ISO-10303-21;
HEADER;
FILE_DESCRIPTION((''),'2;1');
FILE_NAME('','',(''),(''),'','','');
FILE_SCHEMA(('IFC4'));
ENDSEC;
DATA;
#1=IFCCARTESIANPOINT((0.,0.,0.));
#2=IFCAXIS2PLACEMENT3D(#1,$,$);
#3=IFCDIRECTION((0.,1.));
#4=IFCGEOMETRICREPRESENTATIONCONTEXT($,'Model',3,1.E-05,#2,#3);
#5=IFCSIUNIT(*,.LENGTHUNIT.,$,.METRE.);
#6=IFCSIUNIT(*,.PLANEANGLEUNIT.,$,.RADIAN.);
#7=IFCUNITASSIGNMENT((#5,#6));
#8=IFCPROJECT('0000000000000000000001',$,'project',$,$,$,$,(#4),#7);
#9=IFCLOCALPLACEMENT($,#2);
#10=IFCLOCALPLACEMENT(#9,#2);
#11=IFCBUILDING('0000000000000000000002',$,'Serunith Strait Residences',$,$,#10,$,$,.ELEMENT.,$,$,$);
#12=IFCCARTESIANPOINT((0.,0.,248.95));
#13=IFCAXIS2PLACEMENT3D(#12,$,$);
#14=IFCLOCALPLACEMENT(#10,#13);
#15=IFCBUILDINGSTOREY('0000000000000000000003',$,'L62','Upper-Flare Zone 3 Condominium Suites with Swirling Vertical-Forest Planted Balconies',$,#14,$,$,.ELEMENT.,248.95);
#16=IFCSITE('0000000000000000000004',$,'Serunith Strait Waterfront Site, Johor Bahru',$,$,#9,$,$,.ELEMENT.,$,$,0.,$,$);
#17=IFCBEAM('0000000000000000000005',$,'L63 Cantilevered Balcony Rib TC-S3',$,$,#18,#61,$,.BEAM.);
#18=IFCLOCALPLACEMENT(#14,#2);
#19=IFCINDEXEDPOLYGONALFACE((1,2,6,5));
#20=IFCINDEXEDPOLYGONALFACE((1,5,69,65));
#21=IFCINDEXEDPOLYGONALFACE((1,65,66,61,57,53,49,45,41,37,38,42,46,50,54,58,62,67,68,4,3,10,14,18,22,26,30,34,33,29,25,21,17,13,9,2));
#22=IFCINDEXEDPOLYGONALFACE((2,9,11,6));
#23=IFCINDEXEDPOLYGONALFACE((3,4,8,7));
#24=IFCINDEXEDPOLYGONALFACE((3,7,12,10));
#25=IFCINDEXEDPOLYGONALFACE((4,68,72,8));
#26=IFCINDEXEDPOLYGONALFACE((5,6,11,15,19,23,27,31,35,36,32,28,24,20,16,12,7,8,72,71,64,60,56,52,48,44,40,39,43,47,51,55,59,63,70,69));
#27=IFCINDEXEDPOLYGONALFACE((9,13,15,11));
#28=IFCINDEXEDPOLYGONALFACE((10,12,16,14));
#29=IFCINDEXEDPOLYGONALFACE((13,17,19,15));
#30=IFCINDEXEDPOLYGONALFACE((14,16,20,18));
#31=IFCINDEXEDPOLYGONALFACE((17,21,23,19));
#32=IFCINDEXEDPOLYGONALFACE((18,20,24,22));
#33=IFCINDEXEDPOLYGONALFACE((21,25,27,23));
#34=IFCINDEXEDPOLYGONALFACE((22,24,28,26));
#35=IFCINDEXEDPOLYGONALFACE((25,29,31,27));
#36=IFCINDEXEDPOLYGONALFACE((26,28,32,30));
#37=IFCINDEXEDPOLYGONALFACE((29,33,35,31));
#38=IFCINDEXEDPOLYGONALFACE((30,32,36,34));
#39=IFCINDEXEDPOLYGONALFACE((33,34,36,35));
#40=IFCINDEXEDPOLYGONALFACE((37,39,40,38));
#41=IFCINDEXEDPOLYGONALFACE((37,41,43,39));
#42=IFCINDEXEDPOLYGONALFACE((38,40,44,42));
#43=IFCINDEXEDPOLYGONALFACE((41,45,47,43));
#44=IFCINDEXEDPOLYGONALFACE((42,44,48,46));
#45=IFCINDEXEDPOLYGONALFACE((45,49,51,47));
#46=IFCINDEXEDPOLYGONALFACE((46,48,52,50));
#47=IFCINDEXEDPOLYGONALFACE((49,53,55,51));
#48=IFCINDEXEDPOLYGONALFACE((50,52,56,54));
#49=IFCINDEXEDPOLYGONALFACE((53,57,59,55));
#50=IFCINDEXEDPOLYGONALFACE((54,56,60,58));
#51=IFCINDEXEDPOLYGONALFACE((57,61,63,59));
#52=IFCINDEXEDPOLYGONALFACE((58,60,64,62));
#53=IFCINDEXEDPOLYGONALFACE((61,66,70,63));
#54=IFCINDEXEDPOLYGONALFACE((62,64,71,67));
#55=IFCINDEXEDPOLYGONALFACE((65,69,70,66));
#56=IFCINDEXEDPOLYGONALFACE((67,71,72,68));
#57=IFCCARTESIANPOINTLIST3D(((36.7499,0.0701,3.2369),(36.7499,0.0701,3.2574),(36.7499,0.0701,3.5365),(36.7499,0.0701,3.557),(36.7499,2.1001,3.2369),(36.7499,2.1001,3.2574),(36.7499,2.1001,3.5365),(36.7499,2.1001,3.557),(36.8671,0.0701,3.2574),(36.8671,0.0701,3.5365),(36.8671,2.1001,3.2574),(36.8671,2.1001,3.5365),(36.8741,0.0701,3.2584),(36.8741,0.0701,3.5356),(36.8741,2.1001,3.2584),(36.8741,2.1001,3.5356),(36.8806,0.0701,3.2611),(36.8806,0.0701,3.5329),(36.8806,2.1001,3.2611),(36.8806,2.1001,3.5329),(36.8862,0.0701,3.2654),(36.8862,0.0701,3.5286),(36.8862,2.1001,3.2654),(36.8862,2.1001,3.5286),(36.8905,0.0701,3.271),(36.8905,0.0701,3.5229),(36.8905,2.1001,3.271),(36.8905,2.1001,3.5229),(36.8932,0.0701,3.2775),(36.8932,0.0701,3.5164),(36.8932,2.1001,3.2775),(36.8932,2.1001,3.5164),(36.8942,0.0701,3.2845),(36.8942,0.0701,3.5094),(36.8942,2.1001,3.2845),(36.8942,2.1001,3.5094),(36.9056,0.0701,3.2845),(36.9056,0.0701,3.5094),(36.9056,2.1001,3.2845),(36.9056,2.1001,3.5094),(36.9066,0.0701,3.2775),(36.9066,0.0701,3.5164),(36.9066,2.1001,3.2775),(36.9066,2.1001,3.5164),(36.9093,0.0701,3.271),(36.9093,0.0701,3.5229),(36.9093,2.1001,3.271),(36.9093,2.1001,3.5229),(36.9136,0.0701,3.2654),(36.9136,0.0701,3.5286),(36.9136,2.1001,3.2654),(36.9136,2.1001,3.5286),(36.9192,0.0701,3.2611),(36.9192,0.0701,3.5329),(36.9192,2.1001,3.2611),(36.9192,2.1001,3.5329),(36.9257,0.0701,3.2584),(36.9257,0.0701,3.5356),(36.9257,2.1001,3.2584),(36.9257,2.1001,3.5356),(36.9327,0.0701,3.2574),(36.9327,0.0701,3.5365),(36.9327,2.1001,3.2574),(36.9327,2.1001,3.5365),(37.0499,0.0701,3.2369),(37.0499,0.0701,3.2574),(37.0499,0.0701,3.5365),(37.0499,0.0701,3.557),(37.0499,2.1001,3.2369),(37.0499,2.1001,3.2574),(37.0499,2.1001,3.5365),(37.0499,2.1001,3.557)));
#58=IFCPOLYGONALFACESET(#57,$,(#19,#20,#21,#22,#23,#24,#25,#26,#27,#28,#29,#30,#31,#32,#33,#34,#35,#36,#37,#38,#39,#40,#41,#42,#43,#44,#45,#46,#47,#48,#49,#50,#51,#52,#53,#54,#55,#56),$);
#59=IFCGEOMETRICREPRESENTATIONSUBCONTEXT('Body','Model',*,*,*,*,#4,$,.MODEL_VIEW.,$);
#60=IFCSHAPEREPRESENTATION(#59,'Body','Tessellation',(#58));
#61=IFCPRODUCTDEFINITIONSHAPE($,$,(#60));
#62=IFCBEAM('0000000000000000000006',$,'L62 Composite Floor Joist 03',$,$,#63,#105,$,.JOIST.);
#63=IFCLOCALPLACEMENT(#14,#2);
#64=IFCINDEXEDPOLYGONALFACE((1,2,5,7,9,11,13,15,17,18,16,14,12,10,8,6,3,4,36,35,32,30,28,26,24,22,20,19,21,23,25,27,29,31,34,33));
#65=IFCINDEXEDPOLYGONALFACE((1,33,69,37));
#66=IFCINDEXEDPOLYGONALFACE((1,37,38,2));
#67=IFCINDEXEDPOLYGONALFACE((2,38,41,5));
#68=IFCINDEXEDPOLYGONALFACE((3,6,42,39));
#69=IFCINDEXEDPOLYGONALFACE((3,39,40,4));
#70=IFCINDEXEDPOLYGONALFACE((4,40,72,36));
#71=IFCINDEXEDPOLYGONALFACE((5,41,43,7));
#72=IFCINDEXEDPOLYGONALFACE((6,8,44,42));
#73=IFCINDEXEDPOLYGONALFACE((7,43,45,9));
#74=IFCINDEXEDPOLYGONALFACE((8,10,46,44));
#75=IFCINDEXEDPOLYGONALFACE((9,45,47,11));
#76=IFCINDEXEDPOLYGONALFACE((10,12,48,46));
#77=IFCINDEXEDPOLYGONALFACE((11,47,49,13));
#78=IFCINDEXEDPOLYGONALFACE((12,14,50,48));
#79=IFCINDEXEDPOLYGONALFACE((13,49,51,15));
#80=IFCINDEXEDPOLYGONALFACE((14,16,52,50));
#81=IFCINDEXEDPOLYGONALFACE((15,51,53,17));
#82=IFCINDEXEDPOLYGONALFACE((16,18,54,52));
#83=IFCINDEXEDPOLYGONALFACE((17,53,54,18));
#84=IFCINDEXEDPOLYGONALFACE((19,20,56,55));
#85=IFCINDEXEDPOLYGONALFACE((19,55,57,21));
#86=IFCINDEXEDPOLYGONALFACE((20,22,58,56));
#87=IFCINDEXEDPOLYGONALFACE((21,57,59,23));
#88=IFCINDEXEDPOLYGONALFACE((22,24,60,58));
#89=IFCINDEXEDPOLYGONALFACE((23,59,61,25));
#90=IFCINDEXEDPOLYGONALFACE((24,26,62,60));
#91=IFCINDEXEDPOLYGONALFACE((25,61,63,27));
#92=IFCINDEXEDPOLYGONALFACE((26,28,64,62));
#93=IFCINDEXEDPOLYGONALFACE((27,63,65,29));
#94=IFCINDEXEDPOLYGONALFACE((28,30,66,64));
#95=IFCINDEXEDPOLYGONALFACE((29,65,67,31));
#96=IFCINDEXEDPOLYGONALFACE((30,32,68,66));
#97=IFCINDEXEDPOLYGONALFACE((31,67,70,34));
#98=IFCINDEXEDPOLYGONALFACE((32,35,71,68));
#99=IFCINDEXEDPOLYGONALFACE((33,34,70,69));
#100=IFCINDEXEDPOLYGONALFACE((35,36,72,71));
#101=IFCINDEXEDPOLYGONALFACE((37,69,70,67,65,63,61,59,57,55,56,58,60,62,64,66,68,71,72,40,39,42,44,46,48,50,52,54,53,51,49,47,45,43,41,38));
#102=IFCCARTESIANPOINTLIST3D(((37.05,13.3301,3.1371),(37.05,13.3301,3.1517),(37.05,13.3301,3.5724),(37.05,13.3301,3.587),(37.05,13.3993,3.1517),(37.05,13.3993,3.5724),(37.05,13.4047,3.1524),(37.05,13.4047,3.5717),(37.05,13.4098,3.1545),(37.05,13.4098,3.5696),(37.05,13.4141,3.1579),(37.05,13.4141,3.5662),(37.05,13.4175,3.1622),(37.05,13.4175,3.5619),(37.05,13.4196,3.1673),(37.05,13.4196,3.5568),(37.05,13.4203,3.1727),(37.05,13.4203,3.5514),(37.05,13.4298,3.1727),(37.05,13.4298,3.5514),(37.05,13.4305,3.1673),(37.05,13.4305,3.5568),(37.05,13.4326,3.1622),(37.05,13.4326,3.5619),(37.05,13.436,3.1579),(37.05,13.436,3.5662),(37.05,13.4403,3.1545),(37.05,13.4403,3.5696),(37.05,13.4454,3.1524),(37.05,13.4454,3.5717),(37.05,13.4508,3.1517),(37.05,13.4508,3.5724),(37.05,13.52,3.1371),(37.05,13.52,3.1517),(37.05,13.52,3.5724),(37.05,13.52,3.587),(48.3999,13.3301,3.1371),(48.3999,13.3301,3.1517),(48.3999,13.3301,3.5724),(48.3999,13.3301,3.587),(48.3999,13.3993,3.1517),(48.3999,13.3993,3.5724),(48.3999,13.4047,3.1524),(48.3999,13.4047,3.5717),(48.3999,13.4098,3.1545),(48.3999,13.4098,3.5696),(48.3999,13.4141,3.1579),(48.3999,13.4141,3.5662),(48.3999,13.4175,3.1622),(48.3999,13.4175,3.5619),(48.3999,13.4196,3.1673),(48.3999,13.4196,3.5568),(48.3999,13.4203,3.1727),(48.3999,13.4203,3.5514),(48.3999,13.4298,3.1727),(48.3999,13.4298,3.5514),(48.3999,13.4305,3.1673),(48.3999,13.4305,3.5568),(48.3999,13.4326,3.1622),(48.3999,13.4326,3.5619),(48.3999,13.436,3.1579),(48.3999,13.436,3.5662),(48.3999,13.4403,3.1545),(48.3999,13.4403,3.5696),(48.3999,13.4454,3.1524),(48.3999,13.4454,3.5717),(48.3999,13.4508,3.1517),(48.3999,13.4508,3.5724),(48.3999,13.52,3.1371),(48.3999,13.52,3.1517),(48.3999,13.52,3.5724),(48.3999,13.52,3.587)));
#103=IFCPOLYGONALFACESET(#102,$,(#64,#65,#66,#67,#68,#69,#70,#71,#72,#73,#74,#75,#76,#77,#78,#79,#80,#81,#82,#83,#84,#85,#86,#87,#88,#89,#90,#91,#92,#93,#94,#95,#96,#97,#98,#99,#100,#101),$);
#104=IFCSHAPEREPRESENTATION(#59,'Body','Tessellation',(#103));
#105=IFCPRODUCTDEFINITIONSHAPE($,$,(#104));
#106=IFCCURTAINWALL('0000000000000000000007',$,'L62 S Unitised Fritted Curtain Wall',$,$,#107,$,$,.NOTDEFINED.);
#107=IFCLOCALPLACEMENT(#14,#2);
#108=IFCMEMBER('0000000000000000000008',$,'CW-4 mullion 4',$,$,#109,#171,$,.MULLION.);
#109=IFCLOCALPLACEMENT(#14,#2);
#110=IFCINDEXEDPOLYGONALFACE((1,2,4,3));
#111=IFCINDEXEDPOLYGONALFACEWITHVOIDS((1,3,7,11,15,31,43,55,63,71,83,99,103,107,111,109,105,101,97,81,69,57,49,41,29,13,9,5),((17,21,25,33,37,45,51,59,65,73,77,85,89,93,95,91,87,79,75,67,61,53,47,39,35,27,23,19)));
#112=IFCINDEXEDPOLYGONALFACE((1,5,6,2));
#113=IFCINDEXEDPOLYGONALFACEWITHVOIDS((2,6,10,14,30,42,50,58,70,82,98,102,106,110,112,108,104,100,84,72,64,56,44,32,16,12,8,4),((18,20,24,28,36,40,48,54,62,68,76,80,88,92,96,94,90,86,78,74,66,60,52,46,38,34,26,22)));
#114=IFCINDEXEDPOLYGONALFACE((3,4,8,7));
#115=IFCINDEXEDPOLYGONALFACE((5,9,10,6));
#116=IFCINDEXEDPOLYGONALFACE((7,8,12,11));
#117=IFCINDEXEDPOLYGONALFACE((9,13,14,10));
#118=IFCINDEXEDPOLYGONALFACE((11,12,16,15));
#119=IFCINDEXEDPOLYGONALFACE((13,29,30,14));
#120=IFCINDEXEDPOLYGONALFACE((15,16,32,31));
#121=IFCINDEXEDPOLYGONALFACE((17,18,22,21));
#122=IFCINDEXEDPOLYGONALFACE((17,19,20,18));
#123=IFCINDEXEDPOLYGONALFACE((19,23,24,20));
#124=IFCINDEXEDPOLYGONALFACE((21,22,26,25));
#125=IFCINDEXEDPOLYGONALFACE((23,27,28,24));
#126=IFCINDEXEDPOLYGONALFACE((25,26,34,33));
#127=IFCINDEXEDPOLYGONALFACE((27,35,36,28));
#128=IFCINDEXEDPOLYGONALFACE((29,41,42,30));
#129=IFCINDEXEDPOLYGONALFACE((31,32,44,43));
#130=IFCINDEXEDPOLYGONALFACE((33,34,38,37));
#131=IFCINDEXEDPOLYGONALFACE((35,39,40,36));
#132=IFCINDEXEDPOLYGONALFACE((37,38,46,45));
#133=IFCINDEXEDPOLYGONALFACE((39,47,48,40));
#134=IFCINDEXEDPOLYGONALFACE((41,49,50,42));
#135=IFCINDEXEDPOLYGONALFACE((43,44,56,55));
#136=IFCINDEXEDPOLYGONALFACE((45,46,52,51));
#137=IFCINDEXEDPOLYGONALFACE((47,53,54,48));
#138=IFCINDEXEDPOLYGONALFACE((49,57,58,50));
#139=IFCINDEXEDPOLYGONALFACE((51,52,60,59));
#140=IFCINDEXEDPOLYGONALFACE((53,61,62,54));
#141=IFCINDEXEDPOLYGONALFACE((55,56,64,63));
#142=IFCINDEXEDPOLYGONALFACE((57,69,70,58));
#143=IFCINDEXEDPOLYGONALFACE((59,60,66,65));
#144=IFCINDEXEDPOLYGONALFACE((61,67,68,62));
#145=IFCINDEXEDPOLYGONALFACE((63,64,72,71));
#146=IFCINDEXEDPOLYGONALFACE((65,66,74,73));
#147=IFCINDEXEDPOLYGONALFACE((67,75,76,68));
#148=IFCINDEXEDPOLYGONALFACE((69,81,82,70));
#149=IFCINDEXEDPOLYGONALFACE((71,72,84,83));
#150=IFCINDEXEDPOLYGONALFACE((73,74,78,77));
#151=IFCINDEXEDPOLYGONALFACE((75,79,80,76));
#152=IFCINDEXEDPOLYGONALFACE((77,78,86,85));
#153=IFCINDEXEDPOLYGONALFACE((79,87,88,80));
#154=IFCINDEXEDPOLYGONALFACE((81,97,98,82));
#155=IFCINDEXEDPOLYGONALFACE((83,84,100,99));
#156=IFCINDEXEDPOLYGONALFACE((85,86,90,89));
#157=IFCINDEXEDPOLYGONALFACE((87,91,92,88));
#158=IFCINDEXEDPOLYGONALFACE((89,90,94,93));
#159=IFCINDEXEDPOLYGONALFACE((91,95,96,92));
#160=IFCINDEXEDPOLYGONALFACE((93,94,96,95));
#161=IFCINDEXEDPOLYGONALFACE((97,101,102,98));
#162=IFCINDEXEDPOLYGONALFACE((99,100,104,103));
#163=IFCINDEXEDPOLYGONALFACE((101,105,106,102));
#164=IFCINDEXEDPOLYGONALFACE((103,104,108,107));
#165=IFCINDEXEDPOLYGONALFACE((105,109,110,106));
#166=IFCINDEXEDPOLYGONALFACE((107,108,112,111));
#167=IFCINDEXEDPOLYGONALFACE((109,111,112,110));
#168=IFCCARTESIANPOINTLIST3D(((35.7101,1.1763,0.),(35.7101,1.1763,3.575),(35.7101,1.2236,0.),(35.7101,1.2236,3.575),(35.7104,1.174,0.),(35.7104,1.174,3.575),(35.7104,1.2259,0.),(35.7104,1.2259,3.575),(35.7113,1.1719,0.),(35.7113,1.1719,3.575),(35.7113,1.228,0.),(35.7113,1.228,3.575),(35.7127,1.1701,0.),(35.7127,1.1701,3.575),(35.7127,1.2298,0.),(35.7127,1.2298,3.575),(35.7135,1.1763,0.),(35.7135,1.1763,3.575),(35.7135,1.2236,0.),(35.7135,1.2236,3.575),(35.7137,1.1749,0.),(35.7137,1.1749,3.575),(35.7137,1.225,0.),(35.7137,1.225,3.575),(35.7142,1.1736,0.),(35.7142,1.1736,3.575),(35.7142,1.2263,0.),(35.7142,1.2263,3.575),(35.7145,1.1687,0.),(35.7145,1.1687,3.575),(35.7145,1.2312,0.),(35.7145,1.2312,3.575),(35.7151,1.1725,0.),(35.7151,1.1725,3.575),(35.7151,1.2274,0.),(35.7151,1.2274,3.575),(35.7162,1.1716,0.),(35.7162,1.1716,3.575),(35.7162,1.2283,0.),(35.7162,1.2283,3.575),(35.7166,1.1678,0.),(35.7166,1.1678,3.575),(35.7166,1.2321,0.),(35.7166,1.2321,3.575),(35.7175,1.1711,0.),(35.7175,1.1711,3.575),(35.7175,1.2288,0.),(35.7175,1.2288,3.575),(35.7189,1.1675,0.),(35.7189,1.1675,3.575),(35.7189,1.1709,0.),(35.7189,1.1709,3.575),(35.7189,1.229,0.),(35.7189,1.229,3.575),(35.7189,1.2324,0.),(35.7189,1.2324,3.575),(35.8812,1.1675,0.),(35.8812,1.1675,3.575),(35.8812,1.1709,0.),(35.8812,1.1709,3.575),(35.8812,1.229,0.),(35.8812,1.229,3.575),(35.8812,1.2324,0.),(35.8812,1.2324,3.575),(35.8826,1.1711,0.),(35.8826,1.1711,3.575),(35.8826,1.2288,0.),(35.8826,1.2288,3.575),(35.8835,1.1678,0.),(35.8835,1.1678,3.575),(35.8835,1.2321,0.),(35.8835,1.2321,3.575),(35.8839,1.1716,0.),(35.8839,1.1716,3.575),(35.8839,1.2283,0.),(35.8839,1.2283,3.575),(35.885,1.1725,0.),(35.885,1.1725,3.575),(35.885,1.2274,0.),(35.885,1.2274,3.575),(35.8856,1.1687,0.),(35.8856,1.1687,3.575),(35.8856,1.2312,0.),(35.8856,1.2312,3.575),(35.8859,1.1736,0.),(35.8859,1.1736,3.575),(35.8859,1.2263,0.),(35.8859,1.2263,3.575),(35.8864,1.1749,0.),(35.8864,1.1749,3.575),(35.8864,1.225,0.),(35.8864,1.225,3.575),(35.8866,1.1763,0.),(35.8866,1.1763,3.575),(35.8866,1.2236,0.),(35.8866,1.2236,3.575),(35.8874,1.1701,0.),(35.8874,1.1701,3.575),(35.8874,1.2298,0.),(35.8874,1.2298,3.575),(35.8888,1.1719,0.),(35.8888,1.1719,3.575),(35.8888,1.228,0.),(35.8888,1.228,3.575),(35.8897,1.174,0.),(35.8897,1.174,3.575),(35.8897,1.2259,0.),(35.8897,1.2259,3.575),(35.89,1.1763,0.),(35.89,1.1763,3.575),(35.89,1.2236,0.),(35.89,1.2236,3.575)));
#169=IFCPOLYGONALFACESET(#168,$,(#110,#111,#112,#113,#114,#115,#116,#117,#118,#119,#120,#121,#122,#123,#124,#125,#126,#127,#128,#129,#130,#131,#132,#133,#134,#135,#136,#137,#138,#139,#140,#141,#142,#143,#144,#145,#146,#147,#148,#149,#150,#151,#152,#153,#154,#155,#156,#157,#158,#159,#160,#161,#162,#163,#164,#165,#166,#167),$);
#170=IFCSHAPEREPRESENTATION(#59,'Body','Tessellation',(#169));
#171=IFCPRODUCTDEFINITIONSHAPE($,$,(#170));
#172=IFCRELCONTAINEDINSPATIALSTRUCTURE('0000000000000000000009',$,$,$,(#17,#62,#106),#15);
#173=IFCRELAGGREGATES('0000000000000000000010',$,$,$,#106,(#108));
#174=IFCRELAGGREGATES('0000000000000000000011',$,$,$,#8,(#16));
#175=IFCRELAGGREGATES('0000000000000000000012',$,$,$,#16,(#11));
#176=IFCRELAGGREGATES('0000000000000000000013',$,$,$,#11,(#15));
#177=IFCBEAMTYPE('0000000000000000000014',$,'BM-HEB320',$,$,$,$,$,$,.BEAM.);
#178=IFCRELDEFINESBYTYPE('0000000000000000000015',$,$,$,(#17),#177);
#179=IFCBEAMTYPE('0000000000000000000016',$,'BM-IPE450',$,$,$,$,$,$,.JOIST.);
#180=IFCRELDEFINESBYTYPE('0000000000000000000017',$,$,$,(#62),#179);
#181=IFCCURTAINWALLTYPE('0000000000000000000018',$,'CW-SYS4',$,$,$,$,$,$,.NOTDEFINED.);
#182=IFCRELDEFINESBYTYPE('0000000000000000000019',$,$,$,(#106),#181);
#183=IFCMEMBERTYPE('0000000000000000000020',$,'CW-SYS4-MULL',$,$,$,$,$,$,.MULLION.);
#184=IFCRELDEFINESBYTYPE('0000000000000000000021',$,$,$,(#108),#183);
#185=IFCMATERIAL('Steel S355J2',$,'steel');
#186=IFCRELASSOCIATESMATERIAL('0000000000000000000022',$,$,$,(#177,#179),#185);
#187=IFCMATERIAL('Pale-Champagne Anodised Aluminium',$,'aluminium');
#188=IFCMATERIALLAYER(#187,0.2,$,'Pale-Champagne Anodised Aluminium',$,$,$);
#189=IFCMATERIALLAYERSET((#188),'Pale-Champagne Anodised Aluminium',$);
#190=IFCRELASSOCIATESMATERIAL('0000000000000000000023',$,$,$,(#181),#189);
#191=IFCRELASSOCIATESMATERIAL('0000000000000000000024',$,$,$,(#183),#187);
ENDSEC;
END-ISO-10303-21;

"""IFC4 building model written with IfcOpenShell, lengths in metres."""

from ifc_helpers import new_model, si_unit, direction, frame, origin, origin_2d, place, context, subcontext, project, spatial, hollow_rectangle, i_section, extrude, source, transform, mapped, material, layer, layer_set, material_profile, profile_set, type_object, element, aggregate, save


model = new_model("IFC4")

# Units and contexts
model_context = context("Model", 3, precision=1e-05, world=origin(), true_north=direction((0.0, 1.0)))
body_context = subcontext(model_context, "Body", "Model", "MODEL_VIEW")
ifc_project = project(units=[si_unit("LENGTHUNIT", "METRE"), si_unit("PLANEANGLEUNIT", "RADIAN")], contexts=[model_context])

# Site, building, storey
site_placement = place(None, origin())
site = spatial("IfcSite", under=ifc_project, at=site_placement, Name="Serunith Strait Waterfront Site, Johor Bahru", CompositionType="ELEMENT", RefElevation=0.0)
building_placement = place(site_placement, origin())
building = spatial("IfcBuilding", under=site, at=building_placement, Name="Serunith Strait Residences", CompositionType="ELEMENT")
storey_placement = place(building_placement, frame((0.0, 0.0, 248.95)))
storey = spatial("IfcBuildingStorey", under=building, at=storey_placement, Name="L62", Description="Upper-Flare Zone 3 Condominium Suites with Swirling Vertical-Forest Planted Balconies", CompositionType="ELEMENT", Elevation=248.95)

# Beams
ifc_material_1 = material(Name="Steel S355J2", Category="steel")
ifc_material_profile_1 = material_profile(ifc_material_1, i_section(OverallWidth=0.3, OverallDepth=0.3201, WebThickness=0.0115, FlangeThickness=0.0205, FilletRadius=0.0271, at=origin_2d()), Name="HEB 320")
ifc_profile_set_1 = profile_set([ifc_material_profile_1], Name="Steel S355J2")
beam_type_1 = type_object("IfcBeamType", Name="BM-HEB320", PredefinedType="BEAM", material=ifc_profile_set_1)
shared_shape_1 = source(origin(), body_context, "Body", "SweptSolid", [
    extrude(i_section(OverallWidth=0.3, OverallDepth=0.3201, WebThickness=0.0115, FlangeThickness=0.0205, FilletRadius=0.0271, at=origin_2d()), origin(), (0.0, 0.0, 1.0), 2.03),
])
beam_1_placement = place(storey_placement, frame((36.8999, 2.1001, 3.397), z_axis=(0.0, -1.0, 0.0), x_axis=(1.0, 0.0, 0.0)))
element("IfcBeam", 1, at=beam_1_placement, inside=storey, type_object=beam_type_1, Name="L63 Cantilevered Balcony Rib TC-S3", PredefinedType="BEAM", context=body_context, shape_type="MappedRepresentation", body=[
    mapped(shared_shape_1, transform((0.0, 0.0, 0.0), scale=1.0)),
])
ifc_material_profile_2 = material_profile(ifc_material_1, i_section(OverallWidth=0.1899, OverallDepth=0.45, WebThickness=0.0095, FlangeThickness=0.0146, FilletRadius=0.021, at=origin_2d()), Name="IPE 450")
ifc_profile_set_2 = profile_set([ifc_material_profile_2], Name="Steel S355J2")
beam_type_2 = type_object("IfcBeamType", Name="BM-IPE450", PredefinedType="JOIST", material=ifc_profile_set_2)
shared_shape_2 = source(origin(), body_context, "Body", "SweptSolid", [
    extrude(i_section(OverallWidth=0.1899, OverallDepth=0.45, WebThickness=0.0095, FlangeThickness=0.0146, FilletRadius=0.021, at=origin_2d()), origin(), (0.0, 0.0, 1.0), 11.3499),
])
beam_2_placement = place(storey_placement, frame((37.05, 13.425, 3.3621), z_axis=(1.0, 0.0, 0.0), x_axis=(0.0, 1.0, 0.0)))
element("IfcBeam", 2, at=beam_2_placement, inside=storey, type_object=beam_type_2, Name="L62 Composite Floor Joist 03", PredefinedType="JOIST", context=body_context, shape_type="MappedRepresentation", body=[
    mapped(shared_shape_2, transform((0.0, 0.0, 0.0), scale=1.0)),
])

# Curtain wall, member
ifc_material_2 = material(Name="Pale-Champagne Anodised Aluminium", Category="aluminium")
ifc_layer_1 = layer(ifc_material_2, 0.2, Name="Pale-Champagne Anodised Aluminium")
ifc_layer_set_1 = layer_set([ifc_layer_1], Name="Pale-Champagne Anodised Aluminium")
curtain_wall_type = type_object("IfcCurtainWallType", Name="CW-SYS4", PredefinedType="NOTDEFINED", material=ifc_layer_set_1)
curtain_wall_placement = place(storey_placement, origin())
curtain_wall = element("IfcCurtainWall", 3, at=curtain_wall_placement, inside=storey, type_object=curtain_wall_type, Name="L62 S Unitised Fritted Curtain Wall", PredefinedType="NOTDEFINED")
ifc_material_profile_3 = material_profile(ifc_material_2, hollow_rectangle(XDim=0.0649, YDim=0.1799, WallThickness=0.0034, InnerFilletRadius=0.0054, OuterFilletRadius=0.0088, at=origin_2d()), Name="ALU 180x65x3.5")
ifc_profile_set_3 = profile_set([ifc_material_profile_3], Name="Pale-Champagne Anodised Aluminium")
member_type_1 = type_object("IfcMemberType", Name="CW-SYS4-MULL", PredefinedType="MULLION", material=ifc_profile_set_3)
shared_shape_3 = source(origin(), body_context, "Body", "SweptSolid", [
    extrude(hollow_rectangle(XDim=0.0649, YDim=0.1799, WallThickness=0.0034, InnerFilletRadius=0.0054, OuterFilletRadius=0.0088, at=origin_2d()), origin(), (0.0, 0.0, 1.0), 3.575),
])
member_1_placement = place(storey_placement, frame((35.8, 1.2, 0.0), z_axis=(0.0, 0.0, 1.0), x_axis=(0.0, 1.0, 0.0)))
member_1 = element("IfcMember", 4, at=member_1_placement, type_object=member_type_1, Name="CW-4 mullion 4", PredefinedType="MULLION", context=body_context, shape_type="MappedRepresentation", body=[
    mapped(shared_shape_3, transform((0.0, 0.0, 0.0), scale=1.0)),
])
aggregate(curtain_wall, [member_1])

save(model, "model.ifc")
